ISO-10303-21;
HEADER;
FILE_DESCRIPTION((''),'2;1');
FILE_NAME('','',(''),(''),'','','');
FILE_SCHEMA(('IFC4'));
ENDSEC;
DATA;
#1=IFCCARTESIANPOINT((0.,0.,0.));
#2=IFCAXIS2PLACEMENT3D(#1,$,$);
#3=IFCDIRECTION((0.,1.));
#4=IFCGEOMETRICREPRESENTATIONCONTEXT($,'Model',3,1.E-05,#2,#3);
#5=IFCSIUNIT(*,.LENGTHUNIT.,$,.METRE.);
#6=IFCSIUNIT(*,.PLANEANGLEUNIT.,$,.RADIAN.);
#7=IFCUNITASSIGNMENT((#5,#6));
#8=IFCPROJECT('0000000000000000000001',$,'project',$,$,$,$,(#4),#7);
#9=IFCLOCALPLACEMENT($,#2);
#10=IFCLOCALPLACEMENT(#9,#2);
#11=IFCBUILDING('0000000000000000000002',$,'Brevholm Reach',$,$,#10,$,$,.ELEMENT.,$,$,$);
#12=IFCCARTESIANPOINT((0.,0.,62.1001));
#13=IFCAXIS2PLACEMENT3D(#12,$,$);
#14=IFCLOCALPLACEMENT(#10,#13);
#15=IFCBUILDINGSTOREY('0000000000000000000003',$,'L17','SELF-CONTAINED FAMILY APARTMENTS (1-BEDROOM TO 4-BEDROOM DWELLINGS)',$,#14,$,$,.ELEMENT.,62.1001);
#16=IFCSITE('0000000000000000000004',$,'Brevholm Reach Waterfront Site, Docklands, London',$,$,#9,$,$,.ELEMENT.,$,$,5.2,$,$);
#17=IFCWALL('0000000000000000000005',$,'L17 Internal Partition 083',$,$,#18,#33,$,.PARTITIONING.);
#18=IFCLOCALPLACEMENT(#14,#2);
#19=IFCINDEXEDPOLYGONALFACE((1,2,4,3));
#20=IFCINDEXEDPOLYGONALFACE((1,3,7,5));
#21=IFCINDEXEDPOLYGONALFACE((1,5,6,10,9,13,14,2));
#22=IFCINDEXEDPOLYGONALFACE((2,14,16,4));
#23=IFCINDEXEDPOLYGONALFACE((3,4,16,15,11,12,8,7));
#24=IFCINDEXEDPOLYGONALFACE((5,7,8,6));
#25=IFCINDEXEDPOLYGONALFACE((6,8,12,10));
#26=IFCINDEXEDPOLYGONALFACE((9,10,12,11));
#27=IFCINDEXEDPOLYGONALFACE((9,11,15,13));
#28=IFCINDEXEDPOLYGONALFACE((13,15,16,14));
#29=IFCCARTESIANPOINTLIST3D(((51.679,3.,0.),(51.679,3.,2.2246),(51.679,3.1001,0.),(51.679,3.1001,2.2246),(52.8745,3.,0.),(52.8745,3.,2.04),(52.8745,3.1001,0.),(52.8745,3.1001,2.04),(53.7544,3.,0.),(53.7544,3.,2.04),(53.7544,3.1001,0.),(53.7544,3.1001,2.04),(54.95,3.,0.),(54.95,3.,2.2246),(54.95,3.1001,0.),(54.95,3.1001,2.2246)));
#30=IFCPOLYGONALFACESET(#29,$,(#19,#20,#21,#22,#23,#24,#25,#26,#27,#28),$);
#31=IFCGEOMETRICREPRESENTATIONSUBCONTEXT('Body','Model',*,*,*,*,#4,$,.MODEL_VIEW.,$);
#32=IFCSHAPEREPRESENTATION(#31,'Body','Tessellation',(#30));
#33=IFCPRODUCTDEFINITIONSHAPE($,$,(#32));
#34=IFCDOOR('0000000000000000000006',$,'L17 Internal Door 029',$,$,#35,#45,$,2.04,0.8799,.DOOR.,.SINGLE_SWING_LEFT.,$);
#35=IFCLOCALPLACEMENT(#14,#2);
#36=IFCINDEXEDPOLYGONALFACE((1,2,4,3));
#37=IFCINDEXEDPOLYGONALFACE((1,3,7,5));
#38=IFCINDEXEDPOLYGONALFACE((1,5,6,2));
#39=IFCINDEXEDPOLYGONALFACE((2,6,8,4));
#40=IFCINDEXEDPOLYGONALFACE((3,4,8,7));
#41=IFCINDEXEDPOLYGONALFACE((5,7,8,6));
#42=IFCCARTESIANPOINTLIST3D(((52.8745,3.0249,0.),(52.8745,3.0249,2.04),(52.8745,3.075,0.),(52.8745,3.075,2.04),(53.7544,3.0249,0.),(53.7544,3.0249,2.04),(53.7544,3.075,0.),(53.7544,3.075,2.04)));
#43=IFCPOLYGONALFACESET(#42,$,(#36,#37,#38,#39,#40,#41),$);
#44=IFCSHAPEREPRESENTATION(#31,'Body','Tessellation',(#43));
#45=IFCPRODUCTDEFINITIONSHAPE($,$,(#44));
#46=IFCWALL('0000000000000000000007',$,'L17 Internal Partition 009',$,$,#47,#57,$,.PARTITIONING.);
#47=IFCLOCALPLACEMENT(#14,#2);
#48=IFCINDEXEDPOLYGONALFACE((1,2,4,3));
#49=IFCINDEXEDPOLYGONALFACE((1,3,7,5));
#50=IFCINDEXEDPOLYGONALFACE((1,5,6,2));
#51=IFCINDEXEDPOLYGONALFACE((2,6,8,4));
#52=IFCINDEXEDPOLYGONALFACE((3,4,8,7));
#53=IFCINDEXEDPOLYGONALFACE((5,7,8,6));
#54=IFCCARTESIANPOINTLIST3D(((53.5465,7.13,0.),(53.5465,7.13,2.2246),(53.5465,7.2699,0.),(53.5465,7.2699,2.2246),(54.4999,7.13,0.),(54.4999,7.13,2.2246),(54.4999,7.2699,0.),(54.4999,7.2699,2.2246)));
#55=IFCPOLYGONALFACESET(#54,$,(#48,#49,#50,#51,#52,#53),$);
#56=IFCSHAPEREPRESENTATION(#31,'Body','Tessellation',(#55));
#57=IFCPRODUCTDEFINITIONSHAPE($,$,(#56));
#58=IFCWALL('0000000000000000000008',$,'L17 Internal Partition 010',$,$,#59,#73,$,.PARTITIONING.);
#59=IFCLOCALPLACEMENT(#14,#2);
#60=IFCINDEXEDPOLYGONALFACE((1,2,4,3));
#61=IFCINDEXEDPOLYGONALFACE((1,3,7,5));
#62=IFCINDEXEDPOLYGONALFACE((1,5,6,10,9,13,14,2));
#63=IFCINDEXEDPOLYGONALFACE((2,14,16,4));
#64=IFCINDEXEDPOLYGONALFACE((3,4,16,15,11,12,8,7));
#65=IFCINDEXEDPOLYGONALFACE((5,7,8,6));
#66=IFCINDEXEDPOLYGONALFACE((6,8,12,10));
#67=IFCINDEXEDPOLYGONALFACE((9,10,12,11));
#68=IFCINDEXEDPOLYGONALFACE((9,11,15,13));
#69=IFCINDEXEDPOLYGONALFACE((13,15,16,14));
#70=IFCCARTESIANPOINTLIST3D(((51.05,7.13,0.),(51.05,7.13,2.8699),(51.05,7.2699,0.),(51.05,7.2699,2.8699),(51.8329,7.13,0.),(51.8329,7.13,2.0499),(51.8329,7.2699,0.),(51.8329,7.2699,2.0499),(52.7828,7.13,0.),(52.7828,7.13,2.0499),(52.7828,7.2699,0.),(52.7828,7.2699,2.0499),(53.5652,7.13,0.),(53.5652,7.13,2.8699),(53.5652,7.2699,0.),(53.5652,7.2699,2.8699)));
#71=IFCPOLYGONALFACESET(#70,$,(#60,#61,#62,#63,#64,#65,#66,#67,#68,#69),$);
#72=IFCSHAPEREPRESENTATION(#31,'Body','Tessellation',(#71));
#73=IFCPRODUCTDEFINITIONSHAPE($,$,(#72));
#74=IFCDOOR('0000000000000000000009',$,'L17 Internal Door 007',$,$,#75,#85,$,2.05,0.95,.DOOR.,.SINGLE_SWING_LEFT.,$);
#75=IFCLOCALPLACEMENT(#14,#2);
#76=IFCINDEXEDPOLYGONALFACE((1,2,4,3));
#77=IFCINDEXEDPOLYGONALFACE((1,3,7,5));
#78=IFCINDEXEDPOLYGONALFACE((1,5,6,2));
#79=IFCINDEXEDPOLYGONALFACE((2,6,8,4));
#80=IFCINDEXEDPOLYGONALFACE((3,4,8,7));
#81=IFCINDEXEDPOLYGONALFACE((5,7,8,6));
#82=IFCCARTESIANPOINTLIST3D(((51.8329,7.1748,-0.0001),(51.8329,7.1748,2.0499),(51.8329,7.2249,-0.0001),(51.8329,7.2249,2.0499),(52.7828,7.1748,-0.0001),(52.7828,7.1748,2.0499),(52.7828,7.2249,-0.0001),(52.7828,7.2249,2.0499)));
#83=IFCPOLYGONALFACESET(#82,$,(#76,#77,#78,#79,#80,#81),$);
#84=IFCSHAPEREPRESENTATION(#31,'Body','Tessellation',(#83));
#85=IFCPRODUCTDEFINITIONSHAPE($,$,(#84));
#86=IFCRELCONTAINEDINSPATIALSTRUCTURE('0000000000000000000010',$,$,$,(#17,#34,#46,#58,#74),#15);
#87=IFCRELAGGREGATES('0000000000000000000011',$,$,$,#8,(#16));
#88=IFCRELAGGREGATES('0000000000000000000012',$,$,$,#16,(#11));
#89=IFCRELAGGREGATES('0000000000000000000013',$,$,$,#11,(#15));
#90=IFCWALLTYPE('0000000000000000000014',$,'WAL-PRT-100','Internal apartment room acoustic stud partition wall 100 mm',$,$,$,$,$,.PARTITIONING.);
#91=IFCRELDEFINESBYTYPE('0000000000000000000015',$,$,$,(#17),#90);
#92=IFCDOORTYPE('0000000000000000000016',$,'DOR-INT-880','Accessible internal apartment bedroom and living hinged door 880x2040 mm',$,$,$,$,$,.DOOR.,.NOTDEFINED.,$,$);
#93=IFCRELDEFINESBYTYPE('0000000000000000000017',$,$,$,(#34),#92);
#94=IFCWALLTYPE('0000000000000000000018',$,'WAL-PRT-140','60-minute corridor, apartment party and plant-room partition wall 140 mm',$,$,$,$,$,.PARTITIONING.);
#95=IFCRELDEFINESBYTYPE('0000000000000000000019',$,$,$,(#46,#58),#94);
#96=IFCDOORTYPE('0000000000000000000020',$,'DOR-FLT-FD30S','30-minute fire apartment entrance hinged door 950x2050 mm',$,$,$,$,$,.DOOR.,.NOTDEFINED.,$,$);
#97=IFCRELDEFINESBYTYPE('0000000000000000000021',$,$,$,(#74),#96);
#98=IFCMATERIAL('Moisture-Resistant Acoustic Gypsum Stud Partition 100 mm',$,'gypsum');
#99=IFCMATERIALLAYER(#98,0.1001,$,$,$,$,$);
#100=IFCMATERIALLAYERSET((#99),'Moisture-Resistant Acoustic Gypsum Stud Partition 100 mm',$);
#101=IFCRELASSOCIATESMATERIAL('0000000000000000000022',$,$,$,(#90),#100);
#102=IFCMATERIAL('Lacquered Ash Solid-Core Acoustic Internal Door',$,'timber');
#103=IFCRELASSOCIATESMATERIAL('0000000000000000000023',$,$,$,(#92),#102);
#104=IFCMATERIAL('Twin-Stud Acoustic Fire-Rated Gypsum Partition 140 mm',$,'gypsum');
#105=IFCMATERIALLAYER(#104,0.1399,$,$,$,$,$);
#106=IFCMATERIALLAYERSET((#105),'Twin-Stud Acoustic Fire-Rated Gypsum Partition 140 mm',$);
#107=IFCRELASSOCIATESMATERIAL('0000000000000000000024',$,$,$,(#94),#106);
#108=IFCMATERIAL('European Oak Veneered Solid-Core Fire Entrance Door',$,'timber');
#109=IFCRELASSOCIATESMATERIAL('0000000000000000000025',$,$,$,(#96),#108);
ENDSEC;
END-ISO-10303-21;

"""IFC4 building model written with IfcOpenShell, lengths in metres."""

from ifc_helpers import new_model, si_unit, direction, frame, frame_2d, origin, place, context, subcontext, project, spatial, rectangle, extrude, material, layer, layer_set, type_object, element, fill, save


model = new_model("IFC4")

# Units and contexts
model_context = context("Model", 3, precision=1e-05, world=origin(), true_north=direction((0.0, 1.0)))
body_context = subcontext(model_context, "Body", "Model", "MODEL_VIEW")
ifc_project = project(units=[si_unit("LENGTHUNIT", "METRE"), si_unit("PLANEANGLEUNIT", "RADIAN")], contexts=[model_context])

# Site, building, storey
site_placement = place(None, origin())
site = spatial("IfcSite", under=ifc_project, at=site_placement, Name="Brevholm Reach Waterfront Site, Docklands, London", CompositionType="ELEMENT", RefElevation=5.2)
building_placement = place(site_placement, origin())
building = spatial("IfcBuilding", under=site, at=building_placement, Name="Brevholm Reach", CompositionType="ELEMENT")
storey_placement = place(building_placement, frame((0.0, 0.0, 62.1001)))
storey = spatial("IfcBuildingStorey", under=building, at=storey_placement, Name="L17", Description="SELF-CONTAINED FAMILY APARTMENTS (1-BEDROOM TO 4-BEDROOM DWELLINGS)", CompositionType="ELEMENT", Elevation=62.1001)

# Shared definitions
ifc_material_1 = material(Name="Moisture-Resistant Acoustic Gypsum Stud Partition 100 mm", Category="gypsum")
ifc_layer_1 = layer(ifc_material_1, 0.1001)
ifc_layer_set_1 = layer_set([ifc_layer_1], Name="Moisture-Resistant Acoustic Gypsum Stud Partition 100 mm")
wall_type_1 = type_object("IfcWallType", Name="WAL-PRT-100", Description="Internal apartment room acoustic stud partition wall 100 mm", PredefinedType="PARTITIONING", material=ifc_layer_set_1)
ifc_material_2 = material(Name="Lacquered Ash Solid-Core Acoustic Internal Door", Category="timber")
door_type_1 = type_object("IfcDoorType", Name="DOR-INT-880", Description="Accessible internal apartment bedroom and living hinged door 880x2040 mm", OperationType="NOTDEFINED", PredefinedType="DOOR", material=ifc_material_2)

# Wall, opening, door
wall_1_placement = place(storey_placement, frame((51.679, 3.05, 0.0), z_axis=(0.0, 0.0, 1.0), x_axis=(1.0, 0.0, 0.0)))
wall_1 = element("IfcWall", 1, at=wall_1_placement, inside=storey, type_object=wall_type_1, Name="L17 Internal Partition 083", PredefinedType="PARTITIONING", context=body_context, shape_type="SweptSolid", body=[
    extrude(rectangle(XDim=3.271, YDim=0.1001, at=frame_2d((1.6355, 0.0))), origin(), (0.0, 0.0, 1.0), 2.2246),
])
opening_1_placement = place(wall_1_placement, frame((1.1956, 0.0, 0.0)))
opening_1 = element("IfcOpeningElement", 2, at=opening_1_placement, cuts=wall_1, PredefinedType="OPENING", context=body_context, shape_type="SweptSolid", body=[
    extrude(rectangle(XDim=0.8799, YDim=2.04, at=frame_2d((0.4399, 1.02))), frame((0.0, 0.0601, 0.0), z_axis=(0.0, -1.0, 0.0), x_axis=(1.0, 0.0, 0.0)), (0.0, 0.0, 1.0), 0.1201),
])
door_1_placement = place(opening_1_placement, origin())
door_1 = element("IfcDoor", 3, at=door_1_placement, inside=storey, type_object=door_type_1, Name="L17 Internal Door 029", OperationType="SINGLE_SWING_LEFT", OverallHeight=2.04, OverallWidth=0.8799, PredefinedType="DOOR", context=body_context, shape_type="SweptSolid", body=[
    extrude(rectangle(XDim=0.8799, YDim=2.04, at=frame_2d((0.4399, 1.02))), frame((0.0, 0.0249, 0.0), z_axis=(0.0, -1.0, 0.0), x_axis=(1.0, 0.0, 0.0)), (0.0, 0.0, 1.0), 0.05),
])
fill(opening_1, door_1)

# Wall
ifc_material_3 = material(Name="Twin-Stud Acoustic Fire-Rated Gypsum Partition 140 mm", Category="gypsum")
ifc_layer_2 = layer(ifc_material_3, 0.1399)
ifc_layer_set_2 = layer_set([ifc_layer_2], Name="Twin-Stud Acoustic Fire-Rated Gypsum Partition 140 mm")
wall_type_2 = type_object("IfcWallType", Name="WAL-PRT-140", Description="60-minute corridor, apartment party and plant-room partition wall 140 mm", PredefinedType="PARTITIONING", material=ifc_layer_set_2)
wall_2_placement = place(storey_placement, frame((53.5466, 7.2, 0.0), z_axis=(0.0, 0.0, 1.0), x_axis=(1.0, 0.0, 0.0)))
element("IfcWall", 4, at=wall_2_placement, inside=storey, type_object=wall_type_2, Name="L17 Internal Partition 009", PredefinedType="PARTITIONING", context=body_context, shape_type="SweptSolid", body=[
    extrude(rectangle(XDim=0.9534, YDim=0.1399, at=frame_2d((0.4766, 0.0))), origin(), (0.0, 0.0, 1.0), 2.2246),
])

# Wall, opening, door
wall_3_placement = place(storey_placement, frame((51.05, 7.2, 0.0), z_axis=(0.0, 0.0, 1.0), x_axis=(1.0, 0.0, 0.0)))
wall_3 = element("IfcWall", 5, at=wall_3_placement, inside=storey, type_object=wall_type_2, Name="L17 Internal Partition 010", PredefinedType="PARTITIONING", context=body_context, shape_type="SweptSolid", body=[
    extrude(rectangle(XDim=2.5151, YDim=0.1399, at=frame_2d((1.2576, 0.0))), origin(), (0.0, 0.0, 1.0), 2.8699),
])
opening_2_placement = place(wall_3_placement, frame((0.7827, 0.0, 0.0)))
opening_2 = element("IfcOpeningElement", 6, at=opening_2_placement, cuts=wall_3, PredefinedType="OPENING", context=body_context, shape_type="SweptSolid", body=[
    extrude(rectangle(XDim=0.95, YDim=2.05, at=frame_2d((0.4751, 1.0249))), frame((0.0, 0.0798, 0.0), z_axis=(0.0, -1.0, 0.0), x_axis=(1.0, 0.0, 0.0)), (0.0, 0.0, 1.0), 0.1599),
])
ifc_material_4 = material(Name="European Oak Veneered Solid-Core Fire Entrance Door", Category="timber")
door_type_2 = type_object("IfcDoorType", Name="DOR-FLT-FD30S", Description="30-minute fire apartment entrance hinged door 950x2050 mm", OperationType="NOTDEFINED", PredefinedType="DOOR", material=ifc_material_4)
door_2_placement = place(opening_2_placement, origin())
door_2 = element("IfcDoor", 7, at=door_2_placement, inside=storey, type_object=door_type_2, Name="L17 Internal Door 007", OperationType="SINGLE_SWING_LEFT", OverallHeight=2.05, OverallWidth=0.95, PredefinedType="DOOR", context=body_context, shape_type="SweptSolid", body=[
    extrude(rectangle(XDim=0.95, YDim=2.05, at=frame_2d((0.4751, 1.0249))), frame((0.0, 0.0249, 0.0), z_axis=(0.0, -1.0, 0.0), x_axis=(1.0, 0.0, 0.0)), (0.0, 0.0, 1.0), 0.05),
])
fill(opening_2, door_2)

save(model, "model.ifc")
